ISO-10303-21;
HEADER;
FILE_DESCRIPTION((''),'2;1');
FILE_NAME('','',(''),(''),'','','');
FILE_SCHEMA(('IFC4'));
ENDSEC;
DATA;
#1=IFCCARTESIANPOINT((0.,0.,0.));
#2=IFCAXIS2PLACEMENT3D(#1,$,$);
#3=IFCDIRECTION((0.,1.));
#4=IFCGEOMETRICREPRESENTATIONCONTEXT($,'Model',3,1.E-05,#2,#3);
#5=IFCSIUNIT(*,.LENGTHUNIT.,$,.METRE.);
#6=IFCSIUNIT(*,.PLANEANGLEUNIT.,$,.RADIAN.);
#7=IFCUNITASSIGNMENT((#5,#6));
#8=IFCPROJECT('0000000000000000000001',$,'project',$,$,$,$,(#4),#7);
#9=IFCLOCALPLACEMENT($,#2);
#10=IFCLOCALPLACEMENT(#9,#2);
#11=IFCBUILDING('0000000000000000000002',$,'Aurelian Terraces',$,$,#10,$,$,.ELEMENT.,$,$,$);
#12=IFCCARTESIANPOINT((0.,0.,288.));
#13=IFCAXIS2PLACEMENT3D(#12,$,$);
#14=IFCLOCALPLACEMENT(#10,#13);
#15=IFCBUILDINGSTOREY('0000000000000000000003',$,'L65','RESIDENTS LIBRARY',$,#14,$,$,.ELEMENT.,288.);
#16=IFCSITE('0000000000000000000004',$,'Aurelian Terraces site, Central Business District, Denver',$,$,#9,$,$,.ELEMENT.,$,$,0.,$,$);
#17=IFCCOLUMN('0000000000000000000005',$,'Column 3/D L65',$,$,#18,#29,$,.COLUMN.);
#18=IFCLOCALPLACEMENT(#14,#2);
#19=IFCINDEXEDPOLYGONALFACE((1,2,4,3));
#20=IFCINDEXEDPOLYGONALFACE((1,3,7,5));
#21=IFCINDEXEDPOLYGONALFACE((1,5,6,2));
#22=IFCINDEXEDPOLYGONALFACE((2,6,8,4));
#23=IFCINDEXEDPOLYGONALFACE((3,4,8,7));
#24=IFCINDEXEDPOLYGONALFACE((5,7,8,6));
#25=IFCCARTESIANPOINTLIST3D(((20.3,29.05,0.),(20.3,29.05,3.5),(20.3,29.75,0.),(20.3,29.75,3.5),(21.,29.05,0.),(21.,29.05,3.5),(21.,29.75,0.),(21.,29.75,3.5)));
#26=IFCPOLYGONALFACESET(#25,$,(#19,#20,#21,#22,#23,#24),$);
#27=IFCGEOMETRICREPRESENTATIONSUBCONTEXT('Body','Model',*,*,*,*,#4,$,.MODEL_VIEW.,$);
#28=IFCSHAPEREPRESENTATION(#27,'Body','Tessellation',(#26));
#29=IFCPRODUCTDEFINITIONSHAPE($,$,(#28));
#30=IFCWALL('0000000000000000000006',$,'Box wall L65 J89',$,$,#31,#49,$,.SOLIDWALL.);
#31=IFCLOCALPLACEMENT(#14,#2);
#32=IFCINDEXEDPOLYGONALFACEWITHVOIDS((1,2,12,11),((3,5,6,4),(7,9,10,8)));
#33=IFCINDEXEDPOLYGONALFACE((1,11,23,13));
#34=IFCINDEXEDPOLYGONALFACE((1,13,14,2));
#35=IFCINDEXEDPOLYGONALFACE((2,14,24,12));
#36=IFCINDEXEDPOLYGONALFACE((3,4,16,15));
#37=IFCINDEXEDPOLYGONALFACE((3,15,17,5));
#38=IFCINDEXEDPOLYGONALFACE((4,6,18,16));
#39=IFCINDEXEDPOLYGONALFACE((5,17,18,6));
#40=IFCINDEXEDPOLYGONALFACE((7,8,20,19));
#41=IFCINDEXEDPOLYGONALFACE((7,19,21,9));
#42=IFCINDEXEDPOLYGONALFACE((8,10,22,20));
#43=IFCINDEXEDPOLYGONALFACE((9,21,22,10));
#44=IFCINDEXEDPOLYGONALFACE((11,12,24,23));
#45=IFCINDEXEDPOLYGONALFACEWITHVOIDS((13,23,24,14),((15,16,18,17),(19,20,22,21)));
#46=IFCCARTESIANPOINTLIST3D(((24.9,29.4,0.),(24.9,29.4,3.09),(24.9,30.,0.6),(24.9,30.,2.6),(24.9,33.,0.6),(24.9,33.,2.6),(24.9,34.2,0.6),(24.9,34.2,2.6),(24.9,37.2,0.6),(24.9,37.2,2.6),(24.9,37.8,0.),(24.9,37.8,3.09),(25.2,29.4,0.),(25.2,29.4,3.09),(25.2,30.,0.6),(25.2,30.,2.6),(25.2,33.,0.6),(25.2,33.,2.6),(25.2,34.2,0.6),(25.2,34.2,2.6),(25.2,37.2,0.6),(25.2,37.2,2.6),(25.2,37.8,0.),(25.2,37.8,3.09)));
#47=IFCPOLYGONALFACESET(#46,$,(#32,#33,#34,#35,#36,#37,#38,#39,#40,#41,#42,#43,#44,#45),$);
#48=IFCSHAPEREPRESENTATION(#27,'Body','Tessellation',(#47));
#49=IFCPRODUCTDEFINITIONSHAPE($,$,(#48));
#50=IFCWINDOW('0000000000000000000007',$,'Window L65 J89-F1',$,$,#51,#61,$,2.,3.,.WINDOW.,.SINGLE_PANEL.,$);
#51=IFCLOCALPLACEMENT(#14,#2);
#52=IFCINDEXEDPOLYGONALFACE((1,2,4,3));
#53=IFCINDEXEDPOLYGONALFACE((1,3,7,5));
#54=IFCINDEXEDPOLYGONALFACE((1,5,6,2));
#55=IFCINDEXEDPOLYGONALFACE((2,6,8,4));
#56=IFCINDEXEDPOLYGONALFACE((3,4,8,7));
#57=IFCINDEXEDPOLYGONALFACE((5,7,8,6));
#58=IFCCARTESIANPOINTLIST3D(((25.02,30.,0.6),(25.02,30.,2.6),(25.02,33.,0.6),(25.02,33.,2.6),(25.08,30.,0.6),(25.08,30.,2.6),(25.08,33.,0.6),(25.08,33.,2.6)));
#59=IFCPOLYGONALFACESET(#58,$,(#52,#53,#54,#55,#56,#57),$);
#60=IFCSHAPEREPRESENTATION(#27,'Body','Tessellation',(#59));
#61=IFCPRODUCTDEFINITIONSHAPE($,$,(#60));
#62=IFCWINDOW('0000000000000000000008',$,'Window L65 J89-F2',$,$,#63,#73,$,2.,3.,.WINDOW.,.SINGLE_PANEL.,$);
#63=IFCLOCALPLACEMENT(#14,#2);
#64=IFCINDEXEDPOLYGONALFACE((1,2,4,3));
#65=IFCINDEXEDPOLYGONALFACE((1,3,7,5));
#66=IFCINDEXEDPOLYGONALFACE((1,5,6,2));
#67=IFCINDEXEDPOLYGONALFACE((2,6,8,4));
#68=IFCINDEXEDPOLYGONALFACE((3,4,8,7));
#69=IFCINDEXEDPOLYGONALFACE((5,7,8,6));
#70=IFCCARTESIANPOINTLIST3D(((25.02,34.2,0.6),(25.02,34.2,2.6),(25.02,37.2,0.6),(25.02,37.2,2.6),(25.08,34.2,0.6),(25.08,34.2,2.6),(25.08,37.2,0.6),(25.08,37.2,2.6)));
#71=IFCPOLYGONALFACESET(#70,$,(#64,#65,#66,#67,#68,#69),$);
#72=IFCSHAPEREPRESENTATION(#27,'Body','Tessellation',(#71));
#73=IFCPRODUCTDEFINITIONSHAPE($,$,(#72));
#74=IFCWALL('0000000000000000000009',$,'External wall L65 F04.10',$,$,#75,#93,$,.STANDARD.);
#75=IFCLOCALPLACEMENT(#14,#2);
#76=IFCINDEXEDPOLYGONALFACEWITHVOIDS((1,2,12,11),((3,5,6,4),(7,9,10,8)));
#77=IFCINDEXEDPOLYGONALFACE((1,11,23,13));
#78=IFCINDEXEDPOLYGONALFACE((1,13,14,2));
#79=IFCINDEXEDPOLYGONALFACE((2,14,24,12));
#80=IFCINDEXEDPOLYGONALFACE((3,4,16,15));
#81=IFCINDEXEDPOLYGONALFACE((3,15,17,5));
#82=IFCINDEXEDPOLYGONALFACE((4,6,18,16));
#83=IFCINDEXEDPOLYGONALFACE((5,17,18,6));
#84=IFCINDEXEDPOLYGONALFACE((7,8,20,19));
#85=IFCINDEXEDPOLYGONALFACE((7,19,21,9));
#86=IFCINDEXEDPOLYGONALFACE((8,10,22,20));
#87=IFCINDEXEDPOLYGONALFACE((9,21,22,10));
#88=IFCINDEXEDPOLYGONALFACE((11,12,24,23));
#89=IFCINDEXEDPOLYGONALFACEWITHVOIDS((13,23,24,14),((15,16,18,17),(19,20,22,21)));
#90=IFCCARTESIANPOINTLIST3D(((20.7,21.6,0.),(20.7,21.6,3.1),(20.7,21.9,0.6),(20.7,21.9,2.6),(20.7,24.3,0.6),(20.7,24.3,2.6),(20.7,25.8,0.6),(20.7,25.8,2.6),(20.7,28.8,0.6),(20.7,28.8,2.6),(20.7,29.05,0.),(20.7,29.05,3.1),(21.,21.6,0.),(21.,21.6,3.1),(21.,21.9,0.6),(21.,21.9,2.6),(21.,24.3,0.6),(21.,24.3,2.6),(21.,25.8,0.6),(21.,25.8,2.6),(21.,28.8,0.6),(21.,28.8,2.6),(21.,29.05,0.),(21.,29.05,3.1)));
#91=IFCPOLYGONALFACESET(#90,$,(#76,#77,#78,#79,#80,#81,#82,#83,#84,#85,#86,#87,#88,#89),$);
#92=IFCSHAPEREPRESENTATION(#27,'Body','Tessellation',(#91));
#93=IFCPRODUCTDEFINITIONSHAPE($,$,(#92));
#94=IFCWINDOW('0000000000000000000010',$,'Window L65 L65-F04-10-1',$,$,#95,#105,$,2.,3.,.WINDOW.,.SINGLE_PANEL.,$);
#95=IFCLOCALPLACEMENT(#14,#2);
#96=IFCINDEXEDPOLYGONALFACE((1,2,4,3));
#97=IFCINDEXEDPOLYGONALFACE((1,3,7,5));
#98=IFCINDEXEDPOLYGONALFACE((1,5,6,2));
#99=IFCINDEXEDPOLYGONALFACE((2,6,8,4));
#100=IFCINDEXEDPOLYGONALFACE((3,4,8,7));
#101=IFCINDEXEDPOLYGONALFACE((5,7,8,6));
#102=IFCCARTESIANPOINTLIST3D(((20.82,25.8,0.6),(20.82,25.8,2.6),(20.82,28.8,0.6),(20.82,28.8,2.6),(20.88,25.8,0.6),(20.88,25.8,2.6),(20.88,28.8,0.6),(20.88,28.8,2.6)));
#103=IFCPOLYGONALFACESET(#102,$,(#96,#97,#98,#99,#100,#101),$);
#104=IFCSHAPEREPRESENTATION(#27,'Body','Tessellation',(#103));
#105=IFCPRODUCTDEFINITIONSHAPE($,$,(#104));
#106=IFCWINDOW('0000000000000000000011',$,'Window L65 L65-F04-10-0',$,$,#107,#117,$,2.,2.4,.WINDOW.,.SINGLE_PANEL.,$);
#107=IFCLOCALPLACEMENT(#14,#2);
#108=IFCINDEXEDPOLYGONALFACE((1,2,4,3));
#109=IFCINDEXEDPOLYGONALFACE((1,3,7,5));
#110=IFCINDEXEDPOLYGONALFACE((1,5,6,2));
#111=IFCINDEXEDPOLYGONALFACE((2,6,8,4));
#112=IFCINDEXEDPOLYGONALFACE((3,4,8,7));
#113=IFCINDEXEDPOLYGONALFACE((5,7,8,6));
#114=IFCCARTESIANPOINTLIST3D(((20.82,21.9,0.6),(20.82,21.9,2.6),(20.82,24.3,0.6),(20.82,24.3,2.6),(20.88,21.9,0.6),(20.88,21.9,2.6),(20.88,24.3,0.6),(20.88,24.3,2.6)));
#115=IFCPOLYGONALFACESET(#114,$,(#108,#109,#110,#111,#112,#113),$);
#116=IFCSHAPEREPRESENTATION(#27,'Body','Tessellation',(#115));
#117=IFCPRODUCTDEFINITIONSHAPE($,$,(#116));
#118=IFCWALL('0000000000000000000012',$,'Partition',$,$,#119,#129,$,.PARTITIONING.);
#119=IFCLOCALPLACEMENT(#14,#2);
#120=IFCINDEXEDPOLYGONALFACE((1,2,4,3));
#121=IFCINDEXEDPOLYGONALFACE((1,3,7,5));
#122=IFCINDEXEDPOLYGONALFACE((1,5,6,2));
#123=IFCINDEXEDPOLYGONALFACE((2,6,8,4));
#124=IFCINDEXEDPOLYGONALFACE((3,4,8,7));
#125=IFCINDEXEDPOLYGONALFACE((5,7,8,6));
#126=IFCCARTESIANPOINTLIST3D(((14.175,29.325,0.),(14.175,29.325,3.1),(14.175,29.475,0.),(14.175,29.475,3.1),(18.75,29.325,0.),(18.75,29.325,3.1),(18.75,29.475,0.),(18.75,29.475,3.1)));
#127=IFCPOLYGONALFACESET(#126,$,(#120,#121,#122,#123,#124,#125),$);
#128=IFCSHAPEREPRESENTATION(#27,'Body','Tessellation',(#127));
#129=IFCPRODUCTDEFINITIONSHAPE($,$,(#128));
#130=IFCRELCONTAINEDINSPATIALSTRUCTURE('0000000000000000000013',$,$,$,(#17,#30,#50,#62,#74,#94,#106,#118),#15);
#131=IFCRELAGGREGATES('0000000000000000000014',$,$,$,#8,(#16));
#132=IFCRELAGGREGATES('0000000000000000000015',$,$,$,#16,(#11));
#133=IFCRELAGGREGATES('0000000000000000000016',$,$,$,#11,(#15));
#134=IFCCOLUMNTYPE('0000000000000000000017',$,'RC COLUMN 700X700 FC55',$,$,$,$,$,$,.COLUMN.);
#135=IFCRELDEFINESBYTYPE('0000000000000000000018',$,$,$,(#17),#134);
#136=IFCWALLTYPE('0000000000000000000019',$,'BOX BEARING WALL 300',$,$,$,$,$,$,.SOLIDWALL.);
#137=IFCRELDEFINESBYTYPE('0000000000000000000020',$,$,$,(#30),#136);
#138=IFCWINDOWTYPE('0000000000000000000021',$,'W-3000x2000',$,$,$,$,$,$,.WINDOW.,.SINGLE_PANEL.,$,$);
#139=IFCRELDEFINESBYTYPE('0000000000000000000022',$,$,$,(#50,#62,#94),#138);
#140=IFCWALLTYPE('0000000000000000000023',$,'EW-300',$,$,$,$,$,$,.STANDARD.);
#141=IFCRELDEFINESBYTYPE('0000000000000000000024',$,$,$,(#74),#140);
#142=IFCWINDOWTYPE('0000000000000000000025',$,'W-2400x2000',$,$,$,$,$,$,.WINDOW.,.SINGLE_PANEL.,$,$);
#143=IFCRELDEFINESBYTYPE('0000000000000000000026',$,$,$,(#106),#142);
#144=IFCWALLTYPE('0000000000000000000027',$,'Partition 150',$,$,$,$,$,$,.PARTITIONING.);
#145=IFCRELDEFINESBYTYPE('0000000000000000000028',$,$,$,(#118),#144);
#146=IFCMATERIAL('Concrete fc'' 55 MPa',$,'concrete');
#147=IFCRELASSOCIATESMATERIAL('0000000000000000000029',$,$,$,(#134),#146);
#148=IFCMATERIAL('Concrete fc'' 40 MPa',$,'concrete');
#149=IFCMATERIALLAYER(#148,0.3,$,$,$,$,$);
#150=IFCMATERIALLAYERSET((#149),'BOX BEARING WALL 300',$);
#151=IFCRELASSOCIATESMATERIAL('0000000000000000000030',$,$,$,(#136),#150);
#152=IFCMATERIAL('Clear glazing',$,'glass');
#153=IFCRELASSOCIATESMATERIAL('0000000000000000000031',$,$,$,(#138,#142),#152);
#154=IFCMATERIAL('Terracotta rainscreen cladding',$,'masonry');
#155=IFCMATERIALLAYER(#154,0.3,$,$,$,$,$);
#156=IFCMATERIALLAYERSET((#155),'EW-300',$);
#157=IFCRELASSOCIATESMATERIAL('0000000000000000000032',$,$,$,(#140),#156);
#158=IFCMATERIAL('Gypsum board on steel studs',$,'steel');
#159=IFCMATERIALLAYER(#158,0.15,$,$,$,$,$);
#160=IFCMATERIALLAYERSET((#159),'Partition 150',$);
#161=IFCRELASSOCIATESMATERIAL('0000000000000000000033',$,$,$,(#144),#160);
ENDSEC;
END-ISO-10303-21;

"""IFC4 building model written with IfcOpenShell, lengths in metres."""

from ifc_helpers import new_model, si_unit, direction, frame, frame_2d, origin, origin_2d, place, context, subcontext, project, spatial, rectangle, extrude, source, transform, mapped, material, layer, layer_set, material_profile, profile_set, type_object, element, fill, save


model = new_model("IFC4")

# Units and contexts
model_context = context("Model", 3, precision=1e-05, world=origin(), true_north=direction((0.0, 1.0)))
body_context = subcontext(model_context, "Body", "Model", "MODEL_VIEW")
ifc_project = project(units=[si_unit("LENGTHUNIT", "METRE"), si_unit("PLANEANGLEUNIT", "RADIAN")], contexts=[model_context])

# Site, building, storey
site_placement = place(None, origin())
site = spatial("IfcSite", under=ifc_project, at=site_placement, Name="Aurelian Terraces site, Central Business District, Denver", CompositionType="ELEMENT", RefElevation=0.0)
building_placement = place(site_placement, origin())
building = spatial("IfcBuilding", under=site, at=building_placement, Name="Aurelian Terraces", CompositionType="ELEMENT")
storey_placement = place(building_placement, frame((0.0, 0.0, 288.0)))
storey = spatial("IfcBuildingStorey", under=building, at=storey_placement, Name="L65", Description="RESIDENTS LIBRARY", CompositionType="ELEMENT", Elevation=288.0)

# Column
ifc_material_1 = material(Name="Concrete fc' 55 MPa", Category="concrete")
ifc_material_profile = material_profile(ifc_material_1, rectangle(XDim=0.7, YDim=0.7, at=origin_2d()))
ifc_profile_set = profile_set([ifc_material_profile], Name="Concrete fc' 55 MPa")
column_type = type_object("IfcColumnType", Name="RC COLUMN 700X700 FC55", PredefinedType="COLUMN", material=ifc_profile_set)
shared_shape_1 = source(origin(), body_context, "Body", "SweptSolid", [
    extrude(rectangle(XDim=0.7, YDim=0.7, at=origin_2d()), origin(), (0.0, 0.0, 1.0), 3.5),
])
column_placement = place(storey_placement, frame((20.65, 29.4, 0.0), z_axis=(0.0, 0.0, 1.0), x_axis=(1.0, 0.0, 0.0)))
element("IfcColumn", 1, at=column_placement, inside=storey, type_object=column_type, Name="Column 3/D L65", PredefinedType="COLUMN", context=body_context, shape_type="MappedRepresentation", body=[
    mapped(shared_shape_1, transform((0.0, 0.0, 0.0), scale=1.0)),
])

# Walls, openings, windows
ifc_material_2 = material(Name="Concrete fc' 40 MPa", Category="concrete")
ifc_layer_1 = layer(ifc_material_2, 0.3)
ifc_layer_set_1 = layer_set([ifc_layer_1], Name="BOX BEARING WALL 300")
wall_type_1 = type_object("IfcWallType", Name="BOX BEARING WALL 300", PredefinedType="SOLIDWALL", material=ifc_layer_set_1)
wall_1_placement = place(storey_placement, frame((25.05, 29.4, 0.0), z_axis=(0.0, 0.0, 1.0), x_axis=(0.0, 1.0, 0.0)))
wall_1 = element("IfcWall", 2, at=wall_1_placement, inside=storey, type_object=wall_type_1, Name="Box wall L65 J89", PredefinedType="SOLIDWALL", context=body_context, shape_type="SweptSolid", body=[
    extrude(rectangle(XDim=8.4, YDim=0.3, at=frame_2d((4.2, 0.0))), origin(), (0.0, 0.0, 1.0), 3.09),
])
shared_shape_2 = source(origin(), body_context, "Body", "SweptSolid", [
    extrude(rectangle(XDim=3.0, YDim=2.0, at=frame_2d((1.5, 1.0))), frame((0.0, 0.16, 0.0), z_axis=(0.0, -1.0, 0.0), x_axis=(1.0, 0.0, 0.0)), (0.0, 0.0, 1.0), 0.32),
])
opening_1_placement = place(wall_1_placement, frame((0.6, 0.0, 0.6)))
opening_1 = element("IfcOpeningElement", 3, at=opening_1_placement, cuts=wall_1, PredefinedType="OPENING", context=body_context, shape_type="MappedRepresentation", body=[
    mapped(shared_shape_2, transform((0.0, 0.0, 0.0), scale=1.0)),
])
opening_2_placement = place(wall_1_placement, frame((4.8, 0.0, 0.6)))
opening_2 = element("IfcOpeningElement", 4, at=opening_2_placement, cuts=wall_1, PredefinedType="OPENING", context=body_context, shape_type="MappedRepresentation", body=[
    mapped(shared_shape_2, transform((0.0, 0.0, 0.0), scale=1.0)),
])
ifc_material_3 = material(Name="Clear glazing", Category="glass")
window_type_1 = type_object("IfcWindowType", Name="W-3000x2000", PartitioningType="SINGLE_PANEL", PredefinedType="WINDOW", material=ifc_material_3)
shared_shape_3 = source(origin(), body_context, "Body", "SweptSolid", [
    extrude(rectangle(XDim=3.0, YDim=2.0, at=frame_2d((1.5, 1.0))), frame((0.0, 0.03, 0.0), z_axis=(0.0, -1.0, 0.0), x_axis=(1.0, 0.0, 0.0)), (0.0, 0.0, 1.0), 0.06),
])
window_1_placement = place(opening_1_placement, origin())
window_1 = element("IfcWindow", 5, at=window_1_placement, inside=storey, type_object=window_type_1, Name="Window L65 J89-F1", OverallHeight=2.0, OverallWidth=3.0, PartitioningType="SINGLE_PANEL", PredefinedType="WINDOW", context=body_context, shape_type="MappedRepresentation", body=[
    mapped(shared_shape_3, transform((0.0, 0.0, 0.0), scale=1.0)),
])
fill(opening_1, window_1)
window_2_placement = place(opening_2_placement, origin())
window_2 = element("IfcWindow", 6, at=window_2_placement, inside=storey, type_object=window_type_1, Name="Window L65 J89-F2", OverallHeight=2.0, OverallWidth=3.0, PartitioningType="SINGLE_PANEL", PredefinedType="WINDOW", context=body_context, shape_type="MappedRepresentation", body=[
    mapped(shared_shape_3, transform((0.0, 0.0, 0.0), scale=1.0)),
])
fill(opening_2, window_2)
ifc_material_4 = material(Name="Terracotta rainscreen cladding", Category="masonry")
ifc_layer_2 = layer(ifc_material_4, 0.3)
ifc_layer_set_2 = layer_set([ifc_layer_2], Name="EW-300")
wall_type_2 = type_object("IfcWallType", Name="EW-300", PredefinedType="STANDARD", material=ifc_layer_set_2)
shared_shape_4 = source(origin(), body_context, "Body", "SweptSolid", [
    extrude(rectangle(XDim=7.45, YDim=0.3, at=frame_2d((3.725, 0.0))), origin(), (0.0, 0.0, 1.0), 3.1),
])
wall_2_placement = place(storey_placement, frame((20.85, 21.6, 0.0), z_axis=(0.0, 0.0, 1.0), x_axis=(0.0, 1.0, 0.0)))
wall_2 = element("IfcWall", 7, at=wall_2_placement, inside=storey, type_object=wall_type_2, Name="External wall L65 F04.10", PredefinedType="STANDARD", context=body_context, shape_type="MappedRepresentation", body=[
    mapped(shared_shape_4, transform((0.0, 0.0, 0.0), scale=1.0)),
])
shared_shape_5 = source(origin(), body_context, "Body", "SweptSolid", [
    extrude(rectangle(XDim=2.4, YDim=2.0, at=frame_2d((1.2, 1.0))), frame((0.0, 0.16, 0.0), z_axis=(0.0, -1.0, 0.0), x_axis=(1.0, 0.0, 0.0)), (0.0, 0.0, 1.0), 0.32),
])
opening_3_placement = place(wall_2_placement, frame((0.3, 0.0, 0.6)))
opening_3 = element("IfcOpeningElement", 8, at=opening_3_placement, cuts=wall_2, PredefinedType="OPENING", context=body_context, shape_type="MappedRepresentation", body=[
    mapped(shared_shape_5, transform((0.0, 0.0, 0.0), scale=1.0)),
])
opening_4_placement = place(wall_2_placement, frame((4.2, 0.0, 0.6)))
opening_4 = element("IfcOpeningElement", 9, at=opening_4_placement, cuts=wall_2, PredefinedType="OPENING", context=body_context, shape_type="MappedRepresentation", body=[
    mapped(shared_shape_2, transform((0.0, 0.0, 0.0), scale=1.0)),
])
window_3_placement = place(opening_4_placement, origin())
window_3 = element("IfcWindow", 10, at=window_3_placement, inside=storey, type_object=window_type_1, Name="Window L65 L65-F04-10-1", OverallHeight=2.0, OverallWidth=3.0, PartitioningType="SINGLE_PANEL", PredefinedType="WINDOW", context=body_context, shape_type="MappedRepresentation", body=[
    mapped(shared_shape_3, transform((0.0, 0.0, 0.0), scale=1.0)),
])
fill(opening_4, window_3)
window_type_2 = type_object("IfcWindowType", Name="W-2400x2000", PartitioningType="SINGLE_PANEL", PredefinedType="WINDOW", material=ifc_material_3)
shared_shape_6 = source(origin(), body_context, "Body", "SweptSolid", [
    extrude(rectangle(XDim=2.4, YDim=2.0, at=frame_2d((1.2, 1.0))), frame((0.0, 0.03, 0.0), z_axis=(0.0, -1.0, 0.0), x_axis=(1.0, 0.0, 0.0)), (0.0, 0.0, 1.0), 0.06),
])
window_4_placement = place(opening_3_placement, origin())
window_4 = element("IfcWindow", 11, at=window_4_placement, inside=storey, type_object=window_type_2, Name="Window L65 L65-F04-10-0", OverallHeight=2.0, OverallWidth=2.4, PartitioningType="SINGLE_PANEL", PredefinedType="WINDOW", context=body_context, shape_type="MappedRepresentation", body=[
    mapped(shared_shape_6, transform((0.0, 0.0, 0.0), scale=1.0)),
])
fill(opening_3, window_4)

# Wall
ifc_material_5 = material(Name="Gypsum board on steel studs", Category="steel")
ifc_layer_3 = layer(ifc_material_5, 0.15)
ifc_layer_set_3 = layer_set([ifc_layer_3], Name="Partition 150")
wall_type_3 = type_object("IfcWallType", Name="Partition 150", PredefinedType="PARTITIONING", material=ifc_layer_set_3)
shared_shape_7 = source(origin(), body_context, "Body", "SweptSolid", [
    extrude(rectangle(XDim=4.575, YDim=0.15, at=frame_2d((2.2875, 0.0))), origin(), (0.0, 0.0, 1.0), 3.1),
])
wall_3_placement = place(storey_placement, frame((18.75, 29.4, 0.0), z_axis=(0.0, 0.0, 1.0), x_axis=(-1.0, 0.0, 0.0)))
element("IfcWall", 12, at=wall_3_placement, inside=storey, type_object=wall_type_3, Name="Partition", PredefinedType="PARTITIONING", context=body_context, shape_type="MappedRepresentation", body=[
    mapped(shared_shape_7, transform((0.0, 0.0, 0.0), scale=1.0)),
])

save(model, "model.ifc")
